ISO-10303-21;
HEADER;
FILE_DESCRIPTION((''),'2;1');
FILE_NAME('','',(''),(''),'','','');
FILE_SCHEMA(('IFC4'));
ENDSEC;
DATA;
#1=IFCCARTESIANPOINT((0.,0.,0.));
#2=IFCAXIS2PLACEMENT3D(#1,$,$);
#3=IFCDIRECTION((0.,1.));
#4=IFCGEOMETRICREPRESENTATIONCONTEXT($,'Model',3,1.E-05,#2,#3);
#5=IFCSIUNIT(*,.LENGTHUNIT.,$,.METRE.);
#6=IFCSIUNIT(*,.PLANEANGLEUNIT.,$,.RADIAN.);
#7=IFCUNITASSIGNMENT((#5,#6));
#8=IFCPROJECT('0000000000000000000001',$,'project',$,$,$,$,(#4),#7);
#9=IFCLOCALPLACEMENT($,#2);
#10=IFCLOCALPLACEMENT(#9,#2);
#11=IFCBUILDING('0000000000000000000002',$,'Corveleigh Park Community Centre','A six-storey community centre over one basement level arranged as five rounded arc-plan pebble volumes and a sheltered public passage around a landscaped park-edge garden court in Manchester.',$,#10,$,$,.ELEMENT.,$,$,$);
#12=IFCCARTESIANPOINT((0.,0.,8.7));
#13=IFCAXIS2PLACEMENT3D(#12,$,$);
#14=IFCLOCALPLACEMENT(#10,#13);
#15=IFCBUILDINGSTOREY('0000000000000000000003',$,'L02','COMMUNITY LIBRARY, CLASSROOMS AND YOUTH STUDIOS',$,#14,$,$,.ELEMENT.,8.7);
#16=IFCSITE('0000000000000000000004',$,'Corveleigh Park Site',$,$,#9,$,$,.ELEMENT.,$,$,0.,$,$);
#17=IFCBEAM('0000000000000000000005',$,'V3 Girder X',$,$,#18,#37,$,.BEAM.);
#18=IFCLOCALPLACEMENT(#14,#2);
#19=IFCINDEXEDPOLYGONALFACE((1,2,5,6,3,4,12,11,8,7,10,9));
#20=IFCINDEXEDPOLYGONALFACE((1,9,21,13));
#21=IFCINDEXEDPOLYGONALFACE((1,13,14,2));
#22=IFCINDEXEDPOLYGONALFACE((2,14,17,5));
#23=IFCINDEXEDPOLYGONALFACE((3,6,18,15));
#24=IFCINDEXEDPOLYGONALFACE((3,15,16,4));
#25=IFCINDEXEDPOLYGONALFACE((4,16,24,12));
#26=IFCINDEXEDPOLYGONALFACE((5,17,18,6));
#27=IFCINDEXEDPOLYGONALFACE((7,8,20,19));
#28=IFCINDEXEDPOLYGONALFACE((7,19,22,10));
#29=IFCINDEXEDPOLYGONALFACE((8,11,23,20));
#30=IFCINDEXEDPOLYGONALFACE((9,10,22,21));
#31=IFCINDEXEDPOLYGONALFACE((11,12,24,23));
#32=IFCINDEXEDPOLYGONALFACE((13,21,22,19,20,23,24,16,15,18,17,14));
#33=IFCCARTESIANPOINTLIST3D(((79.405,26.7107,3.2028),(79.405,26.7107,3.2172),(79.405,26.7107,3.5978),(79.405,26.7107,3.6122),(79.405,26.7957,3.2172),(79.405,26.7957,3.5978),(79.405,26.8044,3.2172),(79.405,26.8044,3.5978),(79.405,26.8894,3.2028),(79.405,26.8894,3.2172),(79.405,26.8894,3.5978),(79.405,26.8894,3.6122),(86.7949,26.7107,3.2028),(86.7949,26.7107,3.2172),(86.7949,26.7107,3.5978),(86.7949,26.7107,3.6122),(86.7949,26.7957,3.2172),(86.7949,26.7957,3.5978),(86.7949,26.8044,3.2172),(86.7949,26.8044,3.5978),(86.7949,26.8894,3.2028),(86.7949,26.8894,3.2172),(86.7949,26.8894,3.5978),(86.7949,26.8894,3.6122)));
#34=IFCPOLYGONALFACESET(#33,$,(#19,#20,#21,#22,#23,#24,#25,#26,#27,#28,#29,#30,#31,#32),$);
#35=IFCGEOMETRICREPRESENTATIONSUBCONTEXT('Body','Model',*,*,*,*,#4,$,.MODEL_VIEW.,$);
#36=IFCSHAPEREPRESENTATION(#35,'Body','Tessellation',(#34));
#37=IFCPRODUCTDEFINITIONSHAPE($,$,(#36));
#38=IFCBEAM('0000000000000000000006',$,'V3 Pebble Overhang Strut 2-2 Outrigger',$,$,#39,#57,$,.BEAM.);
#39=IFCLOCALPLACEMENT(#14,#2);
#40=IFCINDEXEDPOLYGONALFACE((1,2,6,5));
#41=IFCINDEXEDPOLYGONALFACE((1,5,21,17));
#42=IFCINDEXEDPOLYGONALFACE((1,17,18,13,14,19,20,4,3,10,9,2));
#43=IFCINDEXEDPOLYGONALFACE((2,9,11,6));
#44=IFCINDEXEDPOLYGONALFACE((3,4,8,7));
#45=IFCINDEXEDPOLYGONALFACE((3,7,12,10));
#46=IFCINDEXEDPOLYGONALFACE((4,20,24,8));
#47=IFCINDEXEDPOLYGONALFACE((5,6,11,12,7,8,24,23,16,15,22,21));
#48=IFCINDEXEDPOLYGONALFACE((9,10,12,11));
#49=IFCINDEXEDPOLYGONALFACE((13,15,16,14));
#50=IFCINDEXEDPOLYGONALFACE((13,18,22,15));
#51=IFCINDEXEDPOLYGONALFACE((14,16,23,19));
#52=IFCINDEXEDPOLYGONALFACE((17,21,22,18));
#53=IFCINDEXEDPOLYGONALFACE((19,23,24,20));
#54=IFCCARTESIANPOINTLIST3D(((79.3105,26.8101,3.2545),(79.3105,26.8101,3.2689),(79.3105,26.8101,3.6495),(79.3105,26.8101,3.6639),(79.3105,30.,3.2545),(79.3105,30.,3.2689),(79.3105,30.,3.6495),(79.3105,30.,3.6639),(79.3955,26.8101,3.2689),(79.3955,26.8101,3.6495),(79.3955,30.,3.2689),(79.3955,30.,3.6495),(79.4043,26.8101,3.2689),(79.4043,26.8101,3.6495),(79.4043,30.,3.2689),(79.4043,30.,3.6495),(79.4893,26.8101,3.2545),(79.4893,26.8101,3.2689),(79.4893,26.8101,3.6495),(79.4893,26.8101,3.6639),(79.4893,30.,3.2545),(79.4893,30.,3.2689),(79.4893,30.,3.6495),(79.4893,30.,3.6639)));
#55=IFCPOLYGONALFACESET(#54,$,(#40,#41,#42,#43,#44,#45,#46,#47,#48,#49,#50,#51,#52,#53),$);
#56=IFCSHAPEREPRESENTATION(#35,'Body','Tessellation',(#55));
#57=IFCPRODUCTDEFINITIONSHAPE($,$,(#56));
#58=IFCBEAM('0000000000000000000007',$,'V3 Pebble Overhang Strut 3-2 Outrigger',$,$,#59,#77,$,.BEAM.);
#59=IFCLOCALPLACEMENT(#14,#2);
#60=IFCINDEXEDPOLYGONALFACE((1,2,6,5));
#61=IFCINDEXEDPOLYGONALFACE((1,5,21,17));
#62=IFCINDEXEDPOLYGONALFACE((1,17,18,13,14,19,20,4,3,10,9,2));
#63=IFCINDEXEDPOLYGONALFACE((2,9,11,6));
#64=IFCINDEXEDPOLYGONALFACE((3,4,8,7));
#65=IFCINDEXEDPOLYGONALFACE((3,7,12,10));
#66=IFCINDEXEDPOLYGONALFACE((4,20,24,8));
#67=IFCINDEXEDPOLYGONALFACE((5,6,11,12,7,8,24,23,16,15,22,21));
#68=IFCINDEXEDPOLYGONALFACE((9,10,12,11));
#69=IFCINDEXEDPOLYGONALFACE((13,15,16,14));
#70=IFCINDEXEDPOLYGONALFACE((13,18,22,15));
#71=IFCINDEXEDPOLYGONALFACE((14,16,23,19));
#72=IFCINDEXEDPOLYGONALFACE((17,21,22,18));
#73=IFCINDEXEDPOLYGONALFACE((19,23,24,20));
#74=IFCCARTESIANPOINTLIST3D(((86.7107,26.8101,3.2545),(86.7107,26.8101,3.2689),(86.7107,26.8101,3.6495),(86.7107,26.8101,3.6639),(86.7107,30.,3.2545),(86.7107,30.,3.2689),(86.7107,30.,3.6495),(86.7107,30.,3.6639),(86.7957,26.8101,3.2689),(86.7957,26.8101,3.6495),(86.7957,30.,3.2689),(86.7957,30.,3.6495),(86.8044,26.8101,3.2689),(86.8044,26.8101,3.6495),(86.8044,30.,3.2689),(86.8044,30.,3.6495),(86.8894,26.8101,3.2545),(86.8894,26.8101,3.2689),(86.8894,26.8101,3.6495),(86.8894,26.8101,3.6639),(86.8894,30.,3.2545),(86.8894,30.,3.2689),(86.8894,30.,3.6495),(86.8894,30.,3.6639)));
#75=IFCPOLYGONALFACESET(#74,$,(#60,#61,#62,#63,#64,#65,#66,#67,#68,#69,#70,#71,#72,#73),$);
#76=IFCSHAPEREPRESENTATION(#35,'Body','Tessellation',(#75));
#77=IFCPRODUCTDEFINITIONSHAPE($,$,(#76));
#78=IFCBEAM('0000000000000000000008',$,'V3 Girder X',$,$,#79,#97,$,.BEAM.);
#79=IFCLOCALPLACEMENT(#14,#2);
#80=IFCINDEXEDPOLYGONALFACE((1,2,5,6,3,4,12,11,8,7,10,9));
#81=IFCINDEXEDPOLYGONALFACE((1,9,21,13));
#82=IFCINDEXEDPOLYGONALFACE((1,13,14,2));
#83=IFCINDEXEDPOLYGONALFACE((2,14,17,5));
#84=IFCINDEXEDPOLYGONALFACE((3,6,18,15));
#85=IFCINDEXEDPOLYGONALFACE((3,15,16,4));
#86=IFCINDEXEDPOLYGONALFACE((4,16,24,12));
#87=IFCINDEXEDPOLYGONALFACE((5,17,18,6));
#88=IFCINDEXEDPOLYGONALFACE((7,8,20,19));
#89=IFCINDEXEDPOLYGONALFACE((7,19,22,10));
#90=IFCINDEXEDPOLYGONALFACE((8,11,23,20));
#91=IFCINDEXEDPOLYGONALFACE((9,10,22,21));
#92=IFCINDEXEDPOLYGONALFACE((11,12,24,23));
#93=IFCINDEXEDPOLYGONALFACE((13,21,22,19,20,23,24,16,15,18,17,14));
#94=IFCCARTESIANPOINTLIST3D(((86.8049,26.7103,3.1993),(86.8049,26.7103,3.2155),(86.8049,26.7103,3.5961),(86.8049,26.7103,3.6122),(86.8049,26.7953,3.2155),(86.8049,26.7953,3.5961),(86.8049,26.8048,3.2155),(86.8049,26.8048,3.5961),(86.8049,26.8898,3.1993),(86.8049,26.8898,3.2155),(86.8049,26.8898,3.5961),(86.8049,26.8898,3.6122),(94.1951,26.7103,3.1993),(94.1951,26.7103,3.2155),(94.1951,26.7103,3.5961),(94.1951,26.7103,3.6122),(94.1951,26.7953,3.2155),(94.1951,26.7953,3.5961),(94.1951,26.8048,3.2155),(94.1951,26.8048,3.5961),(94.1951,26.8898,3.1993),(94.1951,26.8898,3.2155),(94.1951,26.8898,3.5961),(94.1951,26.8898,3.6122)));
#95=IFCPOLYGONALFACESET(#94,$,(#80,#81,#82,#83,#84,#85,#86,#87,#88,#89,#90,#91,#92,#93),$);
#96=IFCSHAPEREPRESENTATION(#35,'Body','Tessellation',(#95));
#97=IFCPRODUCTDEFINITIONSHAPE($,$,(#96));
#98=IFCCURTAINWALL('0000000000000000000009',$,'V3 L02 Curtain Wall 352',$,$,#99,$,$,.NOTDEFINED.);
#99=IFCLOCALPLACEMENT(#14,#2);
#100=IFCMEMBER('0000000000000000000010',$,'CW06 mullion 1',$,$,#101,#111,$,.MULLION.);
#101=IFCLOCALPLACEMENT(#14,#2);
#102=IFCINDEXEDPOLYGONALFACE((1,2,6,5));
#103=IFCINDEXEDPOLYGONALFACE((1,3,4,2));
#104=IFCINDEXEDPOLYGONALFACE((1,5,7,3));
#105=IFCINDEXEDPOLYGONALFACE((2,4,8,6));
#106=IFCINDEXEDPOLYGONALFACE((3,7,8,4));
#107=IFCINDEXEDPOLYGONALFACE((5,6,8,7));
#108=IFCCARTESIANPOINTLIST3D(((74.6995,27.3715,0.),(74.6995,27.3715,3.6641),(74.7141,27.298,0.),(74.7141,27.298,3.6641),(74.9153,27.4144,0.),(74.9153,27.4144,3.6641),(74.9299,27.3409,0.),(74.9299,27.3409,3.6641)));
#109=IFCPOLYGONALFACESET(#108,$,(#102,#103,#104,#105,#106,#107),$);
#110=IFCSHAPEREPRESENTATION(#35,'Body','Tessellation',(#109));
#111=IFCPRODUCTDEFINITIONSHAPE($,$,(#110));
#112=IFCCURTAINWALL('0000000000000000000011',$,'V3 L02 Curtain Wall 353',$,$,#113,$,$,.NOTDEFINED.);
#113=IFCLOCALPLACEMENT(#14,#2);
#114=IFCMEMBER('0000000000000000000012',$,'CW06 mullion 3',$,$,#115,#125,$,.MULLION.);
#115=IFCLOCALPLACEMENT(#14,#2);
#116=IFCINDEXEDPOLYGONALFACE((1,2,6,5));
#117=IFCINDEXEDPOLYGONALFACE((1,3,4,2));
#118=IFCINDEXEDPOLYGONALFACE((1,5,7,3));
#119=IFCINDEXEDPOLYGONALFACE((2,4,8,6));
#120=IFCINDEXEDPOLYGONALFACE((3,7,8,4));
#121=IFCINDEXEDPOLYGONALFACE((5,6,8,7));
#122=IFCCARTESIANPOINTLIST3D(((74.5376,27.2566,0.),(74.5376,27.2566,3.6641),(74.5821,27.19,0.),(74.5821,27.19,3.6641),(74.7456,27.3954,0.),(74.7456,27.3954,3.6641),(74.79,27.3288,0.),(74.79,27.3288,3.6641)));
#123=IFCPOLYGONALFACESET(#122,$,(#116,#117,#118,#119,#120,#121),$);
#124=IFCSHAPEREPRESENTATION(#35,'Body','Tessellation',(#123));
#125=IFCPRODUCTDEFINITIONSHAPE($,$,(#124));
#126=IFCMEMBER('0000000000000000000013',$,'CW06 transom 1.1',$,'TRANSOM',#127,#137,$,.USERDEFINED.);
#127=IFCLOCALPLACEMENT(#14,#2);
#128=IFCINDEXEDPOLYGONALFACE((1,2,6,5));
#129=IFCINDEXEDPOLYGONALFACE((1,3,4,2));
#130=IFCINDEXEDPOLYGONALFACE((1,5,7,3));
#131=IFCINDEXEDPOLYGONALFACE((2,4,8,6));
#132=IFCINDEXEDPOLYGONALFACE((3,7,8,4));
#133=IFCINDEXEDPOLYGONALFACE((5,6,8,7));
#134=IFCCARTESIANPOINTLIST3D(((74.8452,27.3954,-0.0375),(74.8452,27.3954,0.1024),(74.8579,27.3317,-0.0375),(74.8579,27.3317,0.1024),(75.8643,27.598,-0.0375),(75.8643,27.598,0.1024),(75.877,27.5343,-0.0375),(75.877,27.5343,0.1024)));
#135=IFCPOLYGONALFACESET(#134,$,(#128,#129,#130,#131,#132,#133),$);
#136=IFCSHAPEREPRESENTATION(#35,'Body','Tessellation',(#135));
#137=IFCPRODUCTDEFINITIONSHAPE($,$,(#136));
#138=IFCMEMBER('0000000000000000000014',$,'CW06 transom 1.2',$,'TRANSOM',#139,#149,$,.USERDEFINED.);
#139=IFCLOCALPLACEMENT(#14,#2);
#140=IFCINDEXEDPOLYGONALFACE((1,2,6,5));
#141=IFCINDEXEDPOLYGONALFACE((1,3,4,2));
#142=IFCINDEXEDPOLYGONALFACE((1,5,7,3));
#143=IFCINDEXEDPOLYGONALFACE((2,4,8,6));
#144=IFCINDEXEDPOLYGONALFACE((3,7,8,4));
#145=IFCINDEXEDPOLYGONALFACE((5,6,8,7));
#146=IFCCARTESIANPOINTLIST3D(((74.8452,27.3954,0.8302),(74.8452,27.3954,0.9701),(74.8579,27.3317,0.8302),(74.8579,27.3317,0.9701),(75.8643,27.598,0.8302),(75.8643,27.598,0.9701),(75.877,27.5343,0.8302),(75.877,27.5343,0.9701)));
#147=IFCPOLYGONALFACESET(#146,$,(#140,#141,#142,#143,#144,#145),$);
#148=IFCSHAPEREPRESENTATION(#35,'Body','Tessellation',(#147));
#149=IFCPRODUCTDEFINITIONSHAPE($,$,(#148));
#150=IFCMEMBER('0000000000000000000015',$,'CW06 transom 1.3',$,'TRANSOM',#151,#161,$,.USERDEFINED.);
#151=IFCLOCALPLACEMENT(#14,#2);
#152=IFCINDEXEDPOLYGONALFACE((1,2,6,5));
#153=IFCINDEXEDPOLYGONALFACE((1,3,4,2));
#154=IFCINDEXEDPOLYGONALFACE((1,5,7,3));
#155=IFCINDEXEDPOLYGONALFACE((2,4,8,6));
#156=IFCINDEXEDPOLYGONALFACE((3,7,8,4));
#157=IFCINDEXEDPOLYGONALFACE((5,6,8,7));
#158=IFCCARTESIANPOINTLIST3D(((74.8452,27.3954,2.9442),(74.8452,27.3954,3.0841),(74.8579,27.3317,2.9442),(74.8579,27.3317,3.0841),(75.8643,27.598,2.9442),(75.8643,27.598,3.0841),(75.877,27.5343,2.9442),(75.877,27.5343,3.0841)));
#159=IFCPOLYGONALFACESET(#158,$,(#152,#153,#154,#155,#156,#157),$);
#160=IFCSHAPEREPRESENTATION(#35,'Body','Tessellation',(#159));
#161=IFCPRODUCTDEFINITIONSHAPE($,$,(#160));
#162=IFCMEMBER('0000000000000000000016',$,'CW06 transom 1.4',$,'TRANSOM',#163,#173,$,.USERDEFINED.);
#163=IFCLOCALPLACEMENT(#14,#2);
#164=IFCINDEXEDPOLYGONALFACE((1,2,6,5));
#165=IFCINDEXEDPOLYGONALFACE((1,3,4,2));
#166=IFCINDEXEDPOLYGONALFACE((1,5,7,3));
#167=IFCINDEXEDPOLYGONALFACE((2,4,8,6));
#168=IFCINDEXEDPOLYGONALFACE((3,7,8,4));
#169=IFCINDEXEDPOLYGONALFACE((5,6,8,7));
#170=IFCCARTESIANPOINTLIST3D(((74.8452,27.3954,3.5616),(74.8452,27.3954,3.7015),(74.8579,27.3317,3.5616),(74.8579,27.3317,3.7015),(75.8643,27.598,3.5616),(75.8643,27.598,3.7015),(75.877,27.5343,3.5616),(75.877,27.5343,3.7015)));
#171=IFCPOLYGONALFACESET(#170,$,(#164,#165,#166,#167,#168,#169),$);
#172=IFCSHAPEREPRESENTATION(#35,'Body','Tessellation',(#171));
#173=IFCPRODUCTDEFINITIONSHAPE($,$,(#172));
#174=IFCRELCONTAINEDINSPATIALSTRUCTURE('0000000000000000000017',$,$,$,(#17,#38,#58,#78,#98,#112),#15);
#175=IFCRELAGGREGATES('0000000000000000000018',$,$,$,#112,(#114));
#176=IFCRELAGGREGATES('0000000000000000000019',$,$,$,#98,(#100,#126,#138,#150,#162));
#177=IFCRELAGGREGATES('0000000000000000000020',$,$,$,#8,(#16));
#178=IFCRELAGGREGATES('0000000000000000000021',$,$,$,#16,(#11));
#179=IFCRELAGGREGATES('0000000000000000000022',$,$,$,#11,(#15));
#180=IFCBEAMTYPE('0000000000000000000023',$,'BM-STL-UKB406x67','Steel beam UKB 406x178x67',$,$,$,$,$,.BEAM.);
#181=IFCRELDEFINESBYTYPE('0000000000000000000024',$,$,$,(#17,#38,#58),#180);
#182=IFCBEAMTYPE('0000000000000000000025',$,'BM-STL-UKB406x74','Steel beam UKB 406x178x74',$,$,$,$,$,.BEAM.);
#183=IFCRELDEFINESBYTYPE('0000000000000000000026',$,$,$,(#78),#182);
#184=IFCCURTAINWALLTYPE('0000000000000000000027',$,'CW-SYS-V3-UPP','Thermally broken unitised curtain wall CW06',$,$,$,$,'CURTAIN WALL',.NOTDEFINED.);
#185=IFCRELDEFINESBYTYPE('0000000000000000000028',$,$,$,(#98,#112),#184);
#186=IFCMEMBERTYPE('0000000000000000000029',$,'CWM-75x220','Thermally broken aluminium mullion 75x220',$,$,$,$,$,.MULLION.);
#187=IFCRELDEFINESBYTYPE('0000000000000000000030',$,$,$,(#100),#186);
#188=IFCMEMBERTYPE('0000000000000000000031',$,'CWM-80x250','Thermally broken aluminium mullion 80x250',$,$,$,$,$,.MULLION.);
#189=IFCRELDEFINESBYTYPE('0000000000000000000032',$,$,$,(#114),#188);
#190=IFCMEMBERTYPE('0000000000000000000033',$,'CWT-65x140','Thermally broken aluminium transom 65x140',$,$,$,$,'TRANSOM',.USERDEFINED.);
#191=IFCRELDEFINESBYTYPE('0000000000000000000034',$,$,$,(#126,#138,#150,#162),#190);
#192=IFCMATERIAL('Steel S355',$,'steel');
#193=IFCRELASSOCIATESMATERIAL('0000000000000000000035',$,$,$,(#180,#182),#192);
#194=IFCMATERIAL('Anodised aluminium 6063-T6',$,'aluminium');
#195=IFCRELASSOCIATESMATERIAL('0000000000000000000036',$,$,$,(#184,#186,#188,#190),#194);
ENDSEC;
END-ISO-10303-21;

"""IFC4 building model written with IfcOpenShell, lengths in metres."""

from ifc_helpers import new_model, si_unit, direction, frame, origin, origin_2d, place, context, subcontext, project, spatial, rectangle, i_section, extrude, material, material_profile, profile_set, type_object, element, aggregate, save


model = new_model("IFC4")

# Units and contexts
model_context = context("Model", 3, precision=1e-05, world=origin(), true_north=direction((0.0, 1.0)))
body_context = subcontext(model_context, "Body", "Model", "MODEL_VIEW")
ifc_project = project(units=[si_unit("LENGTHUNIT", "METRE"), si_unit("PLANEANGLEUNIT", "RADIAN")], contexts=[model_context])

# Site, building, storey
site_placement = place(None, origin())
site = spatial("IfcSite", under=ifc_project, at=site_placement, Name="Corveleigh Park Site", CompositionType="ELEMENT", RefElevation=0.0)
building_placement = place(site_placement, origin())
building = spatial("IfcBuilding", under=site, at=building_placement, Name="Corveleigh Park Community Centre", Description="A six-storey community centre over one basement level arranged as five rounded arc-plan pebble volumes and a sheltered public passage around a landscaped park-edge garden court in Manchester.", CompositionType="ELEMENT")
storey_placement = place(building_placement, frame((0.0, 0.0, 8.7)))
storey = spatial("IfcBuildingStorey", under=building, at=storey_placement, Name="L02", Description="COMMUNITY LIBRARY, CLASSROOMS AND YOUTH STUDIOS", CompositionType="ELEMENT", Elevation=8.7)

# Beams
ifc_material_1 = material(Name="Steel S355", Category="steel")
ifc_material_profile_1 = material_profile(ifc_material_1, i_section(OverallWidth=0.1787, OverallDepth=0.4094, WebThickness=0.0088, FlangeThickness=0.0144, at=origin_2d()), Name="UKB 406x178x67", Category="steel")
ifc_profile_set_1 = profile_set([ifc_material_profile_1], Name="Steel S355")
beam_type_1 = type_object("IfcBeamType", Name="BM-STL-UKB406x67", Description="Steel beam UKB 406x178x67", PredefinedType="BEAM", material=ifc_profile_set_1)
beam_1_placement = place(storey_placement, frame((79.405, 26.8, 3.4075), z_axis=(1.0, 0.0, 0.0), x_axis=(0.0, 1.0, 0.0)))
element("IfcBeam", 1, at=beam_1_placement, inside=storey, type_object=beam_type_1, Name="V3 Girder X", PredefinedType="BEAM", context=body_context, shape_type="SweptSolid", body=[
    extrude(i_section(OverallWidth=0.1787, OverallDepth=0.4094, WebThickness=0.0088, FlangeThickness=0.0144, at=origin_2d()), origin(), (0.0, 0.0, 1.0), 7.3899),
])
for number, where, z_axis, x_axis, name in (
    (2, (79.3999, 26.8101, 3.4592), (0.0, 1.0, 0.0), (-1.0, 0.0, 0.0), "V3 Pebble Overhang Strut 2-2 Outrigger"),
    (3, (86.8, 26.8101, 3.4592), (0.0, 1.0, 0.0), (-1.0, 0.0, 0.0), "V3 Pebble Overhang Strut 3-2 Outrigger"),
):
    element("IfcBeam", number, at=place(storey_placement, frame(where, z_axis=z_axis, x_axis=x_axis)), inside=storey, type_object=beam_type_1, Name=name, PredefinedType="BEAM", context=body_context, shape_type="SweptSolid", body=[
        extrude(i_section(OverallWidth=0.1787, OverallDepth=0.4094, WebThickness=0.0088, FlangeThickness=0.0144, at=origin_2d()), origin(), (0.0, 0.0, 1.0), 3.1899),
    ])
ifc_material_profile_2 = material_profile(ifc_material_1, i_section(OverallWidth=0.1794, OverallDepth=0.4128, WebThickness=0.0095, FlangeThickness=0.0161, at=origin_2d()), Name="UKB 406x178x74", Category="steel")
ifc_profile_set_2 = profile_set([ifc_material_profile_2], Name="Steel S355")
beam_type_2 = type_object("IfcBeamType", Name="BM-STL-UKB406x74", Description="Steel beam UKB 406x178x74", PredefinedType="BEAM", material=ifc_profile_set_2)
beam_2_placement = place(storey_placement, frame((86.8049, 26.8, 3.4058), z_axis=(1.0, 0.0, 0.0), x_axis=(0.0, 1.0, 0.0)))
element("IfcBeam", 4, at=beam_2_placement, inside=storey, type_object=beam_type_2, Name="V3 Girder X", PredefinedType="BEAM", context=body_context, shape_type="SweptSolid", body=[
    extrude(i_section(OverallWidth=0.1794, OverallDepth=0.4128, WebThickness=0.0095, FlangeThickness=0.0161, at=origin_2d()), origin(), (0.0, 0.0, 1.0), 7.3901),
])

# Curtain walls, members
ifc_material_2 = material(Name="Anodised aluminium 6063-T6", Category="aluminium")
curtain_wall_type = type_object("IfcCurtainWallType", Name="CW-SYS-V3-UPP", Description="Thermally broken unitised curtain wall CW06", ElementType="CURTAIN WALL", PredefinedType="NOTDEFINED", material=ifc_material_2)
curtain_wall_1_placement = place(storey_placement, origin())
curtain_wall_1 = element("IfcCurtainWall", 5, at=curtain_wall_1_placement, inside=storey, type_object=curtain_wall_type, Name="V3 L02 Curtain Wall 352", PredefinedType="NOTDEFINED")
ifc_material_profile_3 = material_profile(ifc_material_2, rectangle(XDim=0.075, YDim=0.22, at=origin_2d()), Name="ALU-M75x220", Category="aluminium")
ifc_profile_set_3 = profile_set([ifc_material_profile_3], Name="Anodised aluminium 6063-T6")
member_type_1 = type_object("IfcMemberType", Name="CWM-75x220", Description="Thermally broken aluminium mullion 75x220", PredefinedType="MULLION", material=ifc_profile_set_3)
member_1_placement = place(storey_placement, frame((74.8147, 27.3562, 0.0), z_axis=(0.0, 0.0, 1.0), x_axis=(-0.194947, 0.980814, 0.0)))
member_1 = element("IfcMember", 6, at=member_1_placement, type_object=member_type_1, Name="CW06 mullion 1", PredefinedType="MULLION", context=body_context, shape_type="SweptSolid", body=[
    extrude(rectangle(XDim=0.075, YDim=0.22, at=origin_2d()), origin(), (0.0, 0.0, 1.0), 3.6641),
])
curtain_wall_2_placement = place(storey_placement, origin())
curtain_wall_2 = element("IfcCurtainWall", 7, at=curtain_wall_2_placement, inside=storey, type_object=curtain_wall_type, Name="V3 L02 Curtain Wall 353", PredefinedType="NOTDEFINED")
ifc_material_profile_4 = material_profile(ifc_material_2, rectangle(XDim=0.0801, YDim=0.25, at=origin_2d()), Name="ALU-M80x250", Category="aluminium")
ifc_profile_set_4 = profile_set([ifc_material_profile_4], Name="Anodised aluminium 6063-T6")
member_type_2 = type_object("IfcMemberType", Name="CWM-80x250", Description="Thermally broken aluminium mullion 80x250", PredefinedType="MULLION", material=ifc_profile_set_4)
member_2_placement = place(storey_placement, frame((74.6638, 27.2927, 0.0), z_axis=(0.0, 0.0, 1.0), x_axis=(-0.555208, 0.831711, 0.0)))
member_2 = element("IfcMember", 8, at=member_2_placement, type_object=member_type_2, Name="CW06 mullion 3", PredefinedType="MULLION", context=body_context, shape_type="SweptSolid", body=[
    extrude(rectangle(XDim=0.0801, YDim=0.25, at=origin_2d()), origin(), (0.0, 0.0, 1.0), 3.6641),
])
aggregate(curtain_wall_2, [member_2])

# Members
ifc_material_profile_5 = material_profile(ifc_material_2, rectangle(XDim=0.0649, YDim=0.1399, at=origin_2d()), Name="ALU-T65x140", Category="aluminium")
ifc_profile_set_5 = profile_set([ifc_material_profile_5], Name="Anodised aluminium 6063-T6")
member_type_3 = type_object("IfcMemberType", Name="CWT-65x140", Description="Thermally broken aluminium transom 65x140", ElementType="TRANSOM", PredefinedType="USERDEFINED", material=ifc_profile_set_5)
member_3_placement = place(storey_placement, frame((74.8516, 27.3635, 0.0325), z_axis=(0.980797, 0.195032, 0.0), x_axis=(-0.195032, 0.980797, 0.0)))
member_3 = element("IfcMember", 9, at=member_3_placement, type_object=member_type_3, Name="CW06 transom 1.1", ObjectType="TRANSOM", PredefinedType="USERDEFINED", context=body_context, shape_type="SweptSolid", body=[
    extrude(rectangle(XDim=0.0649, YDim=0.1399, at=origin_2d()), origin(), (0.0, 0.0, 1.0), 1.0391),
])
member_4_placement = place(storey_placement, frame((74.8516, 27.3635, 0.9001), z_axis=(0.980797, 0.195032, 0.0), x_axis=(-0.195032, 0.980797, 0.0)))
member_4 = element("IfcMember", 10, at=member_4_placement, type_object=member_type_3, Name="CW06 transom 1.2", ObjectType="TRANSOM", PredefinedType="USERDEFINED", context=body_context, shape_type="SweptSolid", body=[
    extrude(rectangle(XDim=0.0649, YDim=0.1399, at=origin_2d()), origin(), (0.0, 0.0, 1.0), 1.0391),
])
member_5_placement = place(storey_placement, frame((74.8516, 27.3635, 3.0142), z_axis=(0.980797, 0.195032, 0.0), x_axis=(-0.195032, 0.980797, 0.0)))
member_5 = element("IfcMember", 11, at=member_5_placement, type_object=member_type_3, Name="CW06 transom 1.3", ObjectType="TRANSOM", PredefinedType="USERDEFINED", context=body_context, shape_type="SweptSolid", body=[
    extrude(rectangle(XDim=0.0649, YDim=0.1399, at=origin_2d()), origin(), (0.0, 0.0, 1.0), 1.0391),
])
member_6_placement = place(storey_placement, frame((74.8516, 27.3635, 3.6316), z_axis=(0.980797, 0.195032, 0.0), x_axis=(-0.195032, 0.980797, 0.0)))
member_6 = element("IfcMember", 12, at=member_6_placement, type_object=member_type_3, Name="CW06 transom 1.4", ObjectType="TRANSOM", PredefinedType="USERDEFINED", context=body_context, shape_type="SweptSolid", body=[
    extrude(rectangle(XDim=0.0649, YDim=0.1399, at=origin_2d()), origin(), (0.0, 0.0, 1.0), 1.0391),
])

aggregate(curtain_wall_1, [member_1, member_3, member_4, member_5, member_6])

save(model, "model.ifc")
